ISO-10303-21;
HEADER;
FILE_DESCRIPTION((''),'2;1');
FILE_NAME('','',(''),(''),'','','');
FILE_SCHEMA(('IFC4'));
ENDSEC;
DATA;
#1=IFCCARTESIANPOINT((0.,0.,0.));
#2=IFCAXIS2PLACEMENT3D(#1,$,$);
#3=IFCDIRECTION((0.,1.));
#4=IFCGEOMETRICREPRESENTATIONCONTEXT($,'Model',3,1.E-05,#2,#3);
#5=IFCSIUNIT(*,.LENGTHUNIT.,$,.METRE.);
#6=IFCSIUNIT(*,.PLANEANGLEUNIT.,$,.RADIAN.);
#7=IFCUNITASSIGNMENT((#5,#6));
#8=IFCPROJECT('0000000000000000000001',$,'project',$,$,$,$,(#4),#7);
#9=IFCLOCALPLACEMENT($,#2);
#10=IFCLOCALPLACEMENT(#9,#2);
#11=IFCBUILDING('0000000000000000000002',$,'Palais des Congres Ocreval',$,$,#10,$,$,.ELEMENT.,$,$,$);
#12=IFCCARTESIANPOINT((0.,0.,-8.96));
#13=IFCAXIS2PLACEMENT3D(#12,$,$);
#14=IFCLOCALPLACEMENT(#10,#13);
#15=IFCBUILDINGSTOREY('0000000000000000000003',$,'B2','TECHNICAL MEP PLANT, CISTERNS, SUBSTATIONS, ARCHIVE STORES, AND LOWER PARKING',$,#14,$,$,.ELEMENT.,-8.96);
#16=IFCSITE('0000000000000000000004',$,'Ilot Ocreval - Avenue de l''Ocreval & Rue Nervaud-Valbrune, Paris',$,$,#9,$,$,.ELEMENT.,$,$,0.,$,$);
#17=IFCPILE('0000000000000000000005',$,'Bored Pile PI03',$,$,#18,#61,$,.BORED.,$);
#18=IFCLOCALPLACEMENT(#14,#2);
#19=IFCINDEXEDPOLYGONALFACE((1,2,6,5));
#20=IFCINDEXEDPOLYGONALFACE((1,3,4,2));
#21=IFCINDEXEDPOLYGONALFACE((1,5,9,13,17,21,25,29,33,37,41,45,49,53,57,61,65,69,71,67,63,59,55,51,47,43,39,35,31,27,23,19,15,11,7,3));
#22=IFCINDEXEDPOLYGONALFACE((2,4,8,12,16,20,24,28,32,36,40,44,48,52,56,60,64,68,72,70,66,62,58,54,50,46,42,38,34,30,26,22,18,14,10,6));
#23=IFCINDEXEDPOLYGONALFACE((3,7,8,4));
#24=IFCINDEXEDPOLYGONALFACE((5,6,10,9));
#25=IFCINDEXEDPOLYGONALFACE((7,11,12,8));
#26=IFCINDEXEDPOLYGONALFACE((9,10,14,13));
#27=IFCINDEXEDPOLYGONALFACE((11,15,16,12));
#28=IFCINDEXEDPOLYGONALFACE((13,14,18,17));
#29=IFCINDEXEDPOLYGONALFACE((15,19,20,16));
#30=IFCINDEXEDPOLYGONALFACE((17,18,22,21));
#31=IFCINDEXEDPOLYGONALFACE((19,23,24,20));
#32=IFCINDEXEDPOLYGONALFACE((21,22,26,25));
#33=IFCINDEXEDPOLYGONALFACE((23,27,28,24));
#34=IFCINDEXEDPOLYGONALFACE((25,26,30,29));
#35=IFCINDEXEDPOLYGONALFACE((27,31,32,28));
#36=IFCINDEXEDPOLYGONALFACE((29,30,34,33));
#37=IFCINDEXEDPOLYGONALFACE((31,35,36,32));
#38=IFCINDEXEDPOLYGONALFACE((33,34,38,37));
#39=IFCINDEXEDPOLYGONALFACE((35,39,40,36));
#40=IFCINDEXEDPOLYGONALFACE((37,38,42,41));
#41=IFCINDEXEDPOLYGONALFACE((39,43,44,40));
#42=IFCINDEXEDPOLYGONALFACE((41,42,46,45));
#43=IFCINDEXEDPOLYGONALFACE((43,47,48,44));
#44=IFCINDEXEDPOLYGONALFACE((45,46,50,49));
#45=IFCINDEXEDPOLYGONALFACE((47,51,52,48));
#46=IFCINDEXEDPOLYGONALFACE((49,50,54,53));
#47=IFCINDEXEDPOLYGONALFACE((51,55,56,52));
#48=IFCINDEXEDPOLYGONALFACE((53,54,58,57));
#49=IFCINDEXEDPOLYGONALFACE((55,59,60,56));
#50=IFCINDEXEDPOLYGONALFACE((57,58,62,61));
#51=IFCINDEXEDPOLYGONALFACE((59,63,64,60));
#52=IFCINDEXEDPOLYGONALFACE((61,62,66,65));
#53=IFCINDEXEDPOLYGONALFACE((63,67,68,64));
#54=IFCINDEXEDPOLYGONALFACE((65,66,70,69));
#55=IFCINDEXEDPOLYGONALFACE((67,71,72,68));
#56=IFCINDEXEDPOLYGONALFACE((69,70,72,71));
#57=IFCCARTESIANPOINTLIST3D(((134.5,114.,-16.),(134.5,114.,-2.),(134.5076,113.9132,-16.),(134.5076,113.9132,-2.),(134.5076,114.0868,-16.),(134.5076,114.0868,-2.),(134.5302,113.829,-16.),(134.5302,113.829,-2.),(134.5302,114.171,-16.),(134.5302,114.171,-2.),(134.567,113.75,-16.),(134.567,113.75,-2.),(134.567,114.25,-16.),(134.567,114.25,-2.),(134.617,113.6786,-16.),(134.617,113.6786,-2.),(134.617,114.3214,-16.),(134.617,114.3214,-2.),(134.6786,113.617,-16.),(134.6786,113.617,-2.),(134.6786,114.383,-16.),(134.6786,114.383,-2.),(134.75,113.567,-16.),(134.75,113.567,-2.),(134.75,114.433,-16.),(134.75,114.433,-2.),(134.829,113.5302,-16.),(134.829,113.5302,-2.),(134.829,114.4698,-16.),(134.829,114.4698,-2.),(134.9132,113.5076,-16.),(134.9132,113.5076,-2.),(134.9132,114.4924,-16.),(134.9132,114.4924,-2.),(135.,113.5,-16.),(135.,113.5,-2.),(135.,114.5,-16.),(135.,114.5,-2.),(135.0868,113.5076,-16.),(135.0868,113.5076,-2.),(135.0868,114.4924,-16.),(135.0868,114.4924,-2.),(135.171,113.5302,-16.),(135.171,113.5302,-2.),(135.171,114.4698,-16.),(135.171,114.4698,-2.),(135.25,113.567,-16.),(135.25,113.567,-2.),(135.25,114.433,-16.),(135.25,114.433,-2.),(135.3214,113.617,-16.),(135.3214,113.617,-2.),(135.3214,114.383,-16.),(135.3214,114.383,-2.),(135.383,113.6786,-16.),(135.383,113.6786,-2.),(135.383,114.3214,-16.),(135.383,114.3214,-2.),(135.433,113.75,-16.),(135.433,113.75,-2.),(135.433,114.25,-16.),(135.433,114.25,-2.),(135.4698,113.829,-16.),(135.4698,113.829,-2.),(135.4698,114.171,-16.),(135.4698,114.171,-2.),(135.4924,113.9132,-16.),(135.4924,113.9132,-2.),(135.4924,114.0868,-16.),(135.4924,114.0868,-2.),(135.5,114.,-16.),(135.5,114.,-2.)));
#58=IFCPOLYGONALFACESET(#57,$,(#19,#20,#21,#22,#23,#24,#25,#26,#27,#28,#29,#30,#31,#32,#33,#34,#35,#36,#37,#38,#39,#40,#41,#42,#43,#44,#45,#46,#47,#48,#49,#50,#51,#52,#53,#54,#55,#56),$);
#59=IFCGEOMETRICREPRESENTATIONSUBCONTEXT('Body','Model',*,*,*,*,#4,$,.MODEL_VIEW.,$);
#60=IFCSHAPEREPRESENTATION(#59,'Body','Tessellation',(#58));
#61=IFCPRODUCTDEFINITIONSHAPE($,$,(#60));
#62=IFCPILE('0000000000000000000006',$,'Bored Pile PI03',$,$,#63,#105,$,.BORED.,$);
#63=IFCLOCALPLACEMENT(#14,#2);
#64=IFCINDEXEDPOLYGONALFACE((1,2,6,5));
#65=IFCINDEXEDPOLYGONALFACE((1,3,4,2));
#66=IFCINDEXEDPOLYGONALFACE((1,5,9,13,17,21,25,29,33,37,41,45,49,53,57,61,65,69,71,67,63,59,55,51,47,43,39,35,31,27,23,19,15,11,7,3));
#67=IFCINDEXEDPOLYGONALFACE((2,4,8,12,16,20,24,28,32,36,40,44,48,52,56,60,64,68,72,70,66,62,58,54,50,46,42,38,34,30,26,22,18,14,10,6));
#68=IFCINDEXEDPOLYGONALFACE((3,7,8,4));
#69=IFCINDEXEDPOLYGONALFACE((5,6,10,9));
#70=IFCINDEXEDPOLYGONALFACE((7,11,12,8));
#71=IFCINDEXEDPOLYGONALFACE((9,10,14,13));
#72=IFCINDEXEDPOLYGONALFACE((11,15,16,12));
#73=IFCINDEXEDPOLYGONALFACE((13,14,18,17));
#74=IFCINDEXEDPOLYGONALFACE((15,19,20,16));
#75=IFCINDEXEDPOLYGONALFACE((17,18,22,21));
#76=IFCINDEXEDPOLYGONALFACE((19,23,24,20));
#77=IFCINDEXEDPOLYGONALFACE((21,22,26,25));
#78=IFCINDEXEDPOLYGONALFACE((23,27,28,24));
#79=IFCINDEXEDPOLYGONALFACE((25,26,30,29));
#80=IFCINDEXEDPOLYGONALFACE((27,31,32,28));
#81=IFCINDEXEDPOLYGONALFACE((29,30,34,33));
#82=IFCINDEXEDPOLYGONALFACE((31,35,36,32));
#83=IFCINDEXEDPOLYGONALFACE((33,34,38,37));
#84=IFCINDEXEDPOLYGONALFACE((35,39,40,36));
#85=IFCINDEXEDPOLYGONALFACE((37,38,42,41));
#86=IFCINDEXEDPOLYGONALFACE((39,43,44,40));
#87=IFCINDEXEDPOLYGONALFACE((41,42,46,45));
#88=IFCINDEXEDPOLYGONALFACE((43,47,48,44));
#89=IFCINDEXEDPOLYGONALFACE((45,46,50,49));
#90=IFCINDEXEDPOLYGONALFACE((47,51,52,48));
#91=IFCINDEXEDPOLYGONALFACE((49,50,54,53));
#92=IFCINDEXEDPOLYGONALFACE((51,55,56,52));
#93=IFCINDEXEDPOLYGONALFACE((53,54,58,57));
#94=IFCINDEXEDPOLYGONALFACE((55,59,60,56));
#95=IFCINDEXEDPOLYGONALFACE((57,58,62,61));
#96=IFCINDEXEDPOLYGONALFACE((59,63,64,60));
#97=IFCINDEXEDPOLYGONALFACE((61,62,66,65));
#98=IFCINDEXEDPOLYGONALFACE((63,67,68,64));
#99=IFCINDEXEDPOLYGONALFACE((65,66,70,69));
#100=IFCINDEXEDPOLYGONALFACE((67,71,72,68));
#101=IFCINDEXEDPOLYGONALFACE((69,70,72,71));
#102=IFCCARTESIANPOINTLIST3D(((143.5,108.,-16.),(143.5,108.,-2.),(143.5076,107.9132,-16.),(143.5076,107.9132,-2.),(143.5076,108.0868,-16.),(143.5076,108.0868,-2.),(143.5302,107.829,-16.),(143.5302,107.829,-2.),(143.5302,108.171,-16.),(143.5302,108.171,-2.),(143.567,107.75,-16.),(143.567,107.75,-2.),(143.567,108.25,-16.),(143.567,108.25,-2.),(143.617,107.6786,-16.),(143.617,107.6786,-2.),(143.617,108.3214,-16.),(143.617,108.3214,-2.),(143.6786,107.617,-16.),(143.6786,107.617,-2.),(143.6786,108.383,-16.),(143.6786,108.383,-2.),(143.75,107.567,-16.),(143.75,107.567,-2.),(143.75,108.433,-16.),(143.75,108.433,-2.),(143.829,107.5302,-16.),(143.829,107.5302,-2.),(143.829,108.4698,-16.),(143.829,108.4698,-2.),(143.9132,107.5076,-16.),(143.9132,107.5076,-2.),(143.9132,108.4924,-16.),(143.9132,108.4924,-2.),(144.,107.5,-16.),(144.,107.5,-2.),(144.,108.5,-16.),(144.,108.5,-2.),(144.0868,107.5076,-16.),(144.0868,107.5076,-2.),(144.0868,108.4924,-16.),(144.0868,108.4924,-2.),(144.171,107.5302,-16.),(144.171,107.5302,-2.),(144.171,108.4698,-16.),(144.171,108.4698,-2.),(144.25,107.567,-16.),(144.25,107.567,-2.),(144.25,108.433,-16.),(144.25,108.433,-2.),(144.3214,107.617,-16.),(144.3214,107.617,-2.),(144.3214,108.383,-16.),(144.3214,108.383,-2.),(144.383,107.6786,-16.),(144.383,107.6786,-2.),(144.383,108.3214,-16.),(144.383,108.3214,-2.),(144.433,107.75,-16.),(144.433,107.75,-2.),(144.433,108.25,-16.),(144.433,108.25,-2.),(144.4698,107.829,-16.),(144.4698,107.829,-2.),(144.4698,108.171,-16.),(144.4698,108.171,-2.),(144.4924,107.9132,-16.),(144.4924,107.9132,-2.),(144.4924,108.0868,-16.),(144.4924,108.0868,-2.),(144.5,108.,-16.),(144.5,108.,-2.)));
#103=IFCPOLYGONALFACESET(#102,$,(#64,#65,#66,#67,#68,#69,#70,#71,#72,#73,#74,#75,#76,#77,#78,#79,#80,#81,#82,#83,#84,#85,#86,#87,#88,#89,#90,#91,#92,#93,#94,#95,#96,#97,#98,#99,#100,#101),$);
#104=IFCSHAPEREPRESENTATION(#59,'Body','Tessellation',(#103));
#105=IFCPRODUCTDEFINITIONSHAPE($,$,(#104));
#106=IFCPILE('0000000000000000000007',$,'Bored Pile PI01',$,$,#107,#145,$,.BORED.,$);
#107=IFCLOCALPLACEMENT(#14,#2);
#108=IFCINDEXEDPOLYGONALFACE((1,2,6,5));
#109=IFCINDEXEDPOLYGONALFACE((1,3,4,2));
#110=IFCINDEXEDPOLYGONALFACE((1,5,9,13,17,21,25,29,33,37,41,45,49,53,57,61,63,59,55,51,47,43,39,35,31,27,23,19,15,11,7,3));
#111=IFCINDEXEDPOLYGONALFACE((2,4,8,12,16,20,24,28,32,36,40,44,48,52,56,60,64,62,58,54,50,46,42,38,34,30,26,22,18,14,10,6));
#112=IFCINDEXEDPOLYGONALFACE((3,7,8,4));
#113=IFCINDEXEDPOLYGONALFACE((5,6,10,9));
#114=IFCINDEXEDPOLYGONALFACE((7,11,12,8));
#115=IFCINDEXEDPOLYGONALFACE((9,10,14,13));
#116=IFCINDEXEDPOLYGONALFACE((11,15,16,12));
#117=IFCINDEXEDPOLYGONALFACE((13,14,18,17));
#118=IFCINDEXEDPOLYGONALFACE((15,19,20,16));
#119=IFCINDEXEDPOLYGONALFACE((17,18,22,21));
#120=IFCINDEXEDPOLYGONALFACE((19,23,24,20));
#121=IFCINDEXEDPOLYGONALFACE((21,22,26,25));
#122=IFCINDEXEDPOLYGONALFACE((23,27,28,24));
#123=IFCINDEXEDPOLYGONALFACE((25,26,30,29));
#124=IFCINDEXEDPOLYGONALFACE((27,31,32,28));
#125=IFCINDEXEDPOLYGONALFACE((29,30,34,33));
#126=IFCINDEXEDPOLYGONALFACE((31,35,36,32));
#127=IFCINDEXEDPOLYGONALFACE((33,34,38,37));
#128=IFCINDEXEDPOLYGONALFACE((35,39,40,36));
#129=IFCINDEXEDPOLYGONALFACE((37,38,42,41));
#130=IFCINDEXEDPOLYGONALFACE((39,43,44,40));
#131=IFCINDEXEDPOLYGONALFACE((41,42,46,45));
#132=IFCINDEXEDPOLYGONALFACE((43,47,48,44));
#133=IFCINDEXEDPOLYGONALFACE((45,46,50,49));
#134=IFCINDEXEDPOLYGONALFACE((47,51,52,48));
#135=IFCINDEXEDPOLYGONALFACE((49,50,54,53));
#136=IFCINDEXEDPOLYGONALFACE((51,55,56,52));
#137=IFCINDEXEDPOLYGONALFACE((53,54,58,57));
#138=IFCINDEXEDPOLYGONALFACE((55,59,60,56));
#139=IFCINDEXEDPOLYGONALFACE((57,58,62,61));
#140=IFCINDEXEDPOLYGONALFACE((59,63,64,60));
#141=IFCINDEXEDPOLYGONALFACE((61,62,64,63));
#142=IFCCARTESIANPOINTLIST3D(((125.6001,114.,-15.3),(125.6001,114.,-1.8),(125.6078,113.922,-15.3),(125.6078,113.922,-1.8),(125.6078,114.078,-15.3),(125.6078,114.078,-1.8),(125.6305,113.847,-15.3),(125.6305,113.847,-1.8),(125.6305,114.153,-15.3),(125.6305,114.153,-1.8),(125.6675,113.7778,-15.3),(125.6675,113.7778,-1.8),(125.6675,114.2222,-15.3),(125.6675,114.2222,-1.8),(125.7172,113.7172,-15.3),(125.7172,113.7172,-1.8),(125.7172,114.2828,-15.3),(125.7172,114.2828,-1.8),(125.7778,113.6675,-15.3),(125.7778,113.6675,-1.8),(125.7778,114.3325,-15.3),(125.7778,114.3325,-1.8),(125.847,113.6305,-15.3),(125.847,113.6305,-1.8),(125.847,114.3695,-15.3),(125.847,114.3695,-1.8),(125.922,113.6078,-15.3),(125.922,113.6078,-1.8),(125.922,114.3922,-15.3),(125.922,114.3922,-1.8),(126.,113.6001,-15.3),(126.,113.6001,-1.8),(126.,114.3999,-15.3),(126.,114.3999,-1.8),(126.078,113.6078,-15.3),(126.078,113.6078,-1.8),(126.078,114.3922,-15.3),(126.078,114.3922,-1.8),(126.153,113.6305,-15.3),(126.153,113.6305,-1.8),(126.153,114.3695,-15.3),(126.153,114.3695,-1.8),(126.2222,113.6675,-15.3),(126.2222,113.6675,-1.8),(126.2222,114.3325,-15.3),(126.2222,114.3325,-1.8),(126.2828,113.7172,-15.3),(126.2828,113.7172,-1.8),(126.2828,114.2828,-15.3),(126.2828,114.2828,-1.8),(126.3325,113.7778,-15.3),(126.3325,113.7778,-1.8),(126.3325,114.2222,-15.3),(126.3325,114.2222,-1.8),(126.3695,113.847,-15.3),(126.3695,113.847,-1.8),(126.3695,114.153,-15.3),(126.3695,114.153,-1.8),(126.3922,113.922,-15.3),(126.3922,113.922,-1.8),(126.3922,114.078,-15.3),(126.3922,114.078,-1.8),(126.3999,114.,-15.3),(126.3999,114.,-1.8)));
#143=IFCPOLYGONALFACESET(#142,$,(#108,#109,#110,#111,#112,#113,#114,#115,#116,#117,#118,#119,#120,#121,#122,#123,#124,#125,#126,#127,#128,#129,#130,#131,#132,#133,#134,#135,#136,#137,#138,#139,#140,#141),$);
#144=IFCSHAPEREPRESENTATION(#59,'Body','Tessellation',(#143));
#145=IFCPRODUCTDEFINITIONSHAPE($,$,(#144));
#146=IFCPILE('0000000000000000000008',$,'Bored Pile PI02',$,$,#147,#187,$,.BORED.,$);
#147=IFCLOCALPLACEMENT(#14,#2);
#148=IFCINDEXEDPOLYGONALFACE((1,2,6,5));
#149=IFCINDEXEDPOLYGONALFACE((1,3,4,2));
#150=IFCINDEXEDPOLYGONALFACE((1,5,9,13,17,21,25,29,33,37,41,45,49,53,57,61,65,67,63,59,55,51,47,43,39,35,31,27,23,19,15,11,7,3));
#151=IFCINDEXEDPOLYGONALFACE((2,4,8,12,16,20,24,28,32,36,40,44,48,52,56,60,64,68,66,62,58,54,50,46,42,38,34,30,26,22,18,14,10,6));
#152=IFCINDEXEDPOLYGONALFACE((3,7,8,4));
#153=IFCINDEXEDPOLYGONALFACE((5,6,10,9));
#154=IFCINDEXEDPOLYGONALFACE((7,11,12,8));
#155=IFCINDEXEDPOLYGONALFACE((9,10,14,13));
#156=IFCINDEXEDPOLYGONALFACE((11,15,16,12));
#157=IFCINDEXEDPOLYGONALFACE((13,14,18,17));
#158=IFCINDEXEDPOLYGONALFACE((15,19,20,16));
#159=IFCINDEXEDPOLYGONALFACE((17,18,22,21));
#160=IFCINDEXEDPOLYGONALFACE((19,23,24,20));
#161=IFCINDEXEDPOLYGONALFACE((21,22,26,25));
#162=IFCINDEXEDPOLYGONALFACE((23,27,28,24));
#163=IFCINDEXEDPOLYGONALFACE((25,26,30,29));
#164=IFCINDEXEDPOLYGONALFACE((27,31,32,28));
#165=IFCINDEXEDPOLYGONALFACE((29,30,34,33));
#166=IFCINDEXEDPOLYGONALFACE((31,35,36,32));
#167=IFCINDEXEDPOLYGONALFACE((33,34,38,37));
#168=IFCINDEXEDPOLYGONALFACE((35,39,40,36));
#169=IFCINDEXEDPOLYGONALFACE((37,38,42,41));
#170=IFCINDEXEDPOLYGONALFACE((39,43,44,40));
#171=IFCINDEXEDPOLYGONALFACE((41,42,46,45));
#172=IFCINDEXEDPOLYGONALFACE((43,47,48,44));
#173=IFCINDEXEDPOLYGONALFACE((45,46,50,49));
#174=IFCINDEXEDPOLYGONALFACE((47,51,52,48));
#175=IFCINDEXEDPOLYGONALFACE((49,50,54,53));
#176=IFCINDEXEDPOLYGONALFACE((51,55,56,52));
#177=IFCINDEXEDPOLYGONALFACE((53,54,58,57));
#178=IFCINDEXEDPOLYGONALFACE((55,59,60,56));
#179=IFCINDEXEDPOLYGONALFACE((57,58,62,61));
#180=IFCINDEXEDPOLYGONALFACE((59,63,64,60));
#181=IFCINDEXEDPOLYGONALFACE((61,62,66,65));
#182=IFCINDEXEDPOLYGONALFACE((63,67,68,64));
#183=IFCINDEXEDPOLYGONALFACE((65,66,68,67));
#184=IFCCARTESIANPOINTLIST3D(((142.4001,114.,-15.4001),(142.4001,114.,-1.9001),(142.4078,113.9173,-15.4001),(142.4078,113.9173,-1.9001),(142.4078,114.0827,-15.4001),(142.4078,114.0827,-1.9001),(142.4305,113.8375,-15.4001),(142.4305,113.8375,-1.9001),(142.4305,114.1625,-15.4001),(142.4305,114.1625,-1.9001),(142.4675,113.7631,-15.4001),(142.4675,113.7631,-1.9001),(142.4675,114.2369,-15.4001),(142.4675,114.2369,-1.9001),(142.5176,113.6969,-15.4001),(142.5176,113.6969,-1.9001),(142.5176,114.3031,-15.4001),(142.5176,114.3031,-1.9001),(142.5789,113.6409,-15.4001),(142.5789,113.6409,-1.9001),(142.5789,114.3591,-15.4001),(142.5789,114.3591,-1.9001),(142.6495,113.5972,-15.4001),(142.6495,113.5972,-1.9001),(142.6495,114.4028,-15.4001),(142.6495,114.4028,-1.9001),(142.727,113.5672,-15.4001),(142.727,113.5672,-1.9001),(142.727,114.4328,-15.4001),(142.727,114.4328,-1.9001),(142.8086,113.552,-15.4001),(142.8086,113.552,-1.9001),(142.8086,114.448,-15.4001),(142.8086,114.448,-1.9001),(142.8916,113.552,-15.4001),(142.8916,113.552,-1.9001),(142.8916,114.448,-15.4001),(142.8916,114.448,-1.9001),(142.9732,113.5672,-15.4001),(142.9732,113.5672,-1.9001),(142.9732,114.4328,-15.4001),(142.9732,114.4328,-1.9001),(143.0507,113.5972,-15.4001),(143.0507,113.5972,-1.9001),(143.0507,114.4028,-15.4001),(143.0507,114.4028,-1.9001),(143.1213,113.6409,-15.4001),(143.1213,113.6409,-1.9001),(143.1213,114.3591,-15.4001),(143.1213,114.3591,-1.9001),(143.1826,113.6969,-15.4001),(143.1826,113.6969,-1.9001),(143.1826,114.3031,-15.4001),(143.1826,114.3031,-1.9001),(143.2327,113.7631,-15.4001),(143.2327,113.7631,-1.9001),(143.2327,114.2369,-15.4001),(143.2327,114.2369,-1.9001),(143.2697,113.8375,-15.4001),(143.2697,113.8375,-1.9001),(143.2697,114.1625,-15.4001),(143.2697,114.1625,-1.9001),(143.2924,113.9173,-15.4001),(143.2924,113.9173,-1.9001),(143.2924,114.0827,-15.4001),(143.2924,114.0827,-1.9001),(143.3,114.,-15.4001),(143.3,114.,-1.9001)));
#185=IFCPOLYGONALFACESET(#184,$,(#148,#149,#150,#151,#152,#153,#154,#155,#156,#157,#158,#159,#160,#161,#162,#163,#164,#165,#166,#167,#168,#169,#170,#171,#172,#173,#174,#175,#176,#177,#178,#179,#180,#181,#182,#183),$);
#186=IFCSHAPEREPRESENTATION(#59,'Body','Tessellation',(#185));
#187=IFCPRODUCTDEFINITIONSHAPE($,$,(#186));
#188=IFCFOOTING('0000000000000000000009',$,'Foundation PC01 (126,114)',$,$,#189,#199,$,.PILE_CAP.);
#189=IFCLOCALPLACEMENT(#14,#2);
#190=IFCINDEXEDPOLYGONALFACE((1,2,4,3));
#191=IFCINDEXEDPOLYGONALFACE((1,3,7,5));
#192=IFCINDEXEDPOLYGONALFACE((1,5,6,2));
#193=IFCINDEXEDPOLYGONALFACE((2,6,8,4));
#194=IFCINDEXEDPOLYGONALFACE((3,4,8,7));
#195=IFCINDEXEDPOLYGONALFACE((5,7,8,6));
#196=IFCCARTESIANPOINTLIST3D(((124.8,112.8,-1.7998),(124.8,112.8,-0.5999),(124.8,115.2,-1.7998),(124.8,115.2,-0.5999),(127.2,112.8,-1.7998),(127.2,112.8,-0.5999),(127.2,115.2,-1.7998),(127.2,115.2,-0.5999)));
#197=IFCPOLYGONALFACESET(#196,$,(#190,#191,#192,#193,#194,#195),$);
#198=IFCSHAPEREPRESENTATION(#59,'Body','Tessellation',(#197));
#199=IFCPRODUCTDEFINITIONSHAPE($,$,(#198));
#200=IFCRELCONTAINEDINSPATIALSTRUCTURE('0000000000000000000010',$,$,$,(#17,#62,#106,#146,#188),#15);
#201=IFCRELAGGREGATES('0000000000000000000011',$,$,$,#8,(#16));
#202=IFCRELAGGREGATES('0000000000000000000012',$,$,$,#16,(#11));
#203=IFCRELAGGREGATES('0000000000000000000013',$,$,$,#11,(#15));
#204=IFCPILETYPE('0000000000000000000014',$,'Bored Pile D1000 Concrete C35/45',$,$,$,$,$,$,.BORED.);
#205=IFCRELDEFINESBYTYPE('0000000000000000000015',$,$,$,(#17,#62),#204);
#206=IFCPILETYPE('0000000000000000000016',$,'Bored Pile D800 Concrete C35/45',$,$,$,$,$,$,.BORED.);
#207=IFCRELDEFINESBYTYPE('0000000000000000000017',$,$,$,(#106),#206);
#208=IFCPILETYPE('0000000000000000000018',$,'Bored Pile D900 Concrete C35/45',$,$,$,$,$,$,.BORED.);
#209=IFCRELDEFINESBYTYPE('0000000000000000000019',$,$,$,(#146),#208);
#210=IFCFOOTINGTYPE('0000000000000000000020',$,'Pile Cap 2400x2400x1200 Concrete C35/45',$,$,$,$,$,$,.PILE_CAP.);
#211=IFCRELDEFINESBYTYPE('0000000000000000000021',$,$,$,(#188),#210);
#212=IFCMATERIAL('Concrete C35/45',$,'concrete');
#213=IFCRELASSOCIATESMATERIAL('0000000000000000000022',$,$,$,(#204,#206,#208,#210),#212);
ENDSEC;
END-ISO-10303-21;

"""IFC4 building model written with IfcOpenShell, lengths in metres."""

from ifc_helpers import new_model, si_unit, direction, frame, origin, origin_2d, place, context, subcontext, project, spatial, rectangle, circle, extrude, material, material_profile, profile_set, type_object, element, save


model = new_model("IFC4")

# Units and contexts
model_context = context("Model", 3, precision=1e-05, world=origin(), true_north=direction((0.0, 1.0)))
body_context = subcontext(model_context, "Body", "Model", "MODEL_VIEW")
ifc_project = project(units=[si_unit("LENGTHUNIT", "METRE"), si_unit("PLANEANGLEUNIT", "RADIAN")], contexts=[model_context])

# Site, building, storey
site_placement = place(None, origin())
site = spatial("IfcSite", under=ifc_project, at=site_placement, Name="Ilot Ocreval - Avenue de l'Ocreval & Rue Nervaud-Valbrune, Paris", CompositionType="ELEMENT", RefElevation=0.0)
building_placement = place(site_placement, origin())
building = spatial("IfcBuilding", under=site, at=building_placement, Name="Palais des Congres Ocreval", CompositionType="ELEMENT")
storey_placement = place(building_placement, frame((0.0, 0.0, -8.96)))
storey = spatial("IfcBuildingStorey", under=building, at=storey_placement, Name="B2", Description="TECHNICAL MEP PLANT, CISTERNS, SUBSTATIONS, ARCHIVE STORES, AND LOWER PARKING", CompositionType="ELEMENT", Elevation=-8.96)

# Piles
ifc_material_1 = material(Name="Concrete C35/45", Category="concrete")
ifc_material_profile_1 = material_profile(ifc_material_1, circle(Radius=0.5, at=origin_2d()), Name="BORED PILE 1000")
ifc_profile_set_1 = profile_set([ifc_material_profile_1], Name="Concrete C35/45")
pile_type_1 = type_object("IfcPileType", Name="Bored Pile D1000 Concrete C35/45", PredefinedType="BORED", material=ifc_profile_set_1)
for number, where, z_axis, x_axis, name in (
    (1, (135.0, 114.0, -2.0), (0.0, 0.0, -1.0), (1.0, 0.0, 0.0), "Bored Pile PI03"),
    (2, (144.0, 108.0, -2.0), (0.0, 0.0, -1.0), (1.0, 0.0, 0.0), "Bored Pile PI03"),
):
    element("IfcPile", number, at=place(storey_placement, frame(where, z_axis=z_axis, x_axis=x_axis)), inside=storey, type_object=pile_type_1, Name=name, PredefinedType="BORED", context=body_context, shape_type="SweptSolid", body=[
        extrude(circle(Radius=0.5, at=origin_2d()), origin(), (0.0, 0.0, 1.0), 14.0),
    ])
ifc_material_profile_2 = material_profile(ifc_material_1, circle(Radius=0.3999, at=origin_2d()), Name="BORED PILE 800")
ifc_profile_set_2 = profile_set([ifc_material_profile_2], Name="Concrete C35/45")
pile_type_2 = type_object("IfcPileType", Name="Bored Pile D800 Concrete C35/45", PredefinedType="BORED", material=ifc_profile_set_2)
pile_1_placement = place(storey_placement, frame((126.0, 114.0, -1.8), z_axis=(0.0, 0.0, -1.0), x_axis=(1.0, 0.0, 0.0)))
element("IfcPile", 3, at=pile_1_placement, inside=storey, type_object=pile_type_2, Name="Bored Pile PI01", PredefinedType="BORED", context=body_context, shape_type="SweptSolid", body=[
    extrude(circle(Radius=0.3999, at=origin_2d()), origin(), (0.0, 0.0, 1.0), 13.5),
])
ifc_material_profile_3 = material_profile(ifc_material_1, circle(Radius=0.45, at=origin_2d()), Name="BORED PILE 900")
ifc_profile_set_3 = profile_set([ifc_material_profile_3], Name="Concrete C35/45")
pile_type_3 = type_object("IfcPileType", Name="Bored Pile D900 Concrete C35/45", PredefinedType="BORED", material=ifc_profile_set_3)
pile_2_placement = place(storey_placement, frame((142.8501, 114.0, -1.9001), z_axis=(0.0, 0.0, -1.0), x_axis=(1.0, 0.0, 0.0)))
element("IfcPile", 4, at=pile_2_placement, inside=storey, type_object=pile_type_3, Name="Bored Pile PI02", PredefinedType="BORED", context=body_context, shape_type="SweptSolid", body=[
    extrude(circle(Radius=0.45, at=origin_2d()), origin(), (0.0, 0.0, 1.0), 13.5),
])

# Footing
footing_type_1 = type_object("IfcFootingType", Name="Pile Cap 2400x2400x1200 Concrete C35/45", PredefinedType="PILE_CAP", material=ifc_material_1)
footing_1_placement = place(storey_placement, frame((126.0, 114.0, -1.7998), z_axis=(0.0, 0.0, 1.0), x_axis=(1.0, 0.0, 0.0)))
element("IfcFooting", 5, at=footing_1_placement, inside=storey, type_object=footing_type_1, Name="Foundation PC01 (126,114)", PredefinedType="PILE_CAP", context=body_context, shape_type="SweptSolid", body=[
    extrude(rectangle(XDim=2.3999, YDim=2.3999, at=origin_2d()), origin(), (0.0, 0.0, 1.0), 1.2),
])

save(model, "model.ifc")
